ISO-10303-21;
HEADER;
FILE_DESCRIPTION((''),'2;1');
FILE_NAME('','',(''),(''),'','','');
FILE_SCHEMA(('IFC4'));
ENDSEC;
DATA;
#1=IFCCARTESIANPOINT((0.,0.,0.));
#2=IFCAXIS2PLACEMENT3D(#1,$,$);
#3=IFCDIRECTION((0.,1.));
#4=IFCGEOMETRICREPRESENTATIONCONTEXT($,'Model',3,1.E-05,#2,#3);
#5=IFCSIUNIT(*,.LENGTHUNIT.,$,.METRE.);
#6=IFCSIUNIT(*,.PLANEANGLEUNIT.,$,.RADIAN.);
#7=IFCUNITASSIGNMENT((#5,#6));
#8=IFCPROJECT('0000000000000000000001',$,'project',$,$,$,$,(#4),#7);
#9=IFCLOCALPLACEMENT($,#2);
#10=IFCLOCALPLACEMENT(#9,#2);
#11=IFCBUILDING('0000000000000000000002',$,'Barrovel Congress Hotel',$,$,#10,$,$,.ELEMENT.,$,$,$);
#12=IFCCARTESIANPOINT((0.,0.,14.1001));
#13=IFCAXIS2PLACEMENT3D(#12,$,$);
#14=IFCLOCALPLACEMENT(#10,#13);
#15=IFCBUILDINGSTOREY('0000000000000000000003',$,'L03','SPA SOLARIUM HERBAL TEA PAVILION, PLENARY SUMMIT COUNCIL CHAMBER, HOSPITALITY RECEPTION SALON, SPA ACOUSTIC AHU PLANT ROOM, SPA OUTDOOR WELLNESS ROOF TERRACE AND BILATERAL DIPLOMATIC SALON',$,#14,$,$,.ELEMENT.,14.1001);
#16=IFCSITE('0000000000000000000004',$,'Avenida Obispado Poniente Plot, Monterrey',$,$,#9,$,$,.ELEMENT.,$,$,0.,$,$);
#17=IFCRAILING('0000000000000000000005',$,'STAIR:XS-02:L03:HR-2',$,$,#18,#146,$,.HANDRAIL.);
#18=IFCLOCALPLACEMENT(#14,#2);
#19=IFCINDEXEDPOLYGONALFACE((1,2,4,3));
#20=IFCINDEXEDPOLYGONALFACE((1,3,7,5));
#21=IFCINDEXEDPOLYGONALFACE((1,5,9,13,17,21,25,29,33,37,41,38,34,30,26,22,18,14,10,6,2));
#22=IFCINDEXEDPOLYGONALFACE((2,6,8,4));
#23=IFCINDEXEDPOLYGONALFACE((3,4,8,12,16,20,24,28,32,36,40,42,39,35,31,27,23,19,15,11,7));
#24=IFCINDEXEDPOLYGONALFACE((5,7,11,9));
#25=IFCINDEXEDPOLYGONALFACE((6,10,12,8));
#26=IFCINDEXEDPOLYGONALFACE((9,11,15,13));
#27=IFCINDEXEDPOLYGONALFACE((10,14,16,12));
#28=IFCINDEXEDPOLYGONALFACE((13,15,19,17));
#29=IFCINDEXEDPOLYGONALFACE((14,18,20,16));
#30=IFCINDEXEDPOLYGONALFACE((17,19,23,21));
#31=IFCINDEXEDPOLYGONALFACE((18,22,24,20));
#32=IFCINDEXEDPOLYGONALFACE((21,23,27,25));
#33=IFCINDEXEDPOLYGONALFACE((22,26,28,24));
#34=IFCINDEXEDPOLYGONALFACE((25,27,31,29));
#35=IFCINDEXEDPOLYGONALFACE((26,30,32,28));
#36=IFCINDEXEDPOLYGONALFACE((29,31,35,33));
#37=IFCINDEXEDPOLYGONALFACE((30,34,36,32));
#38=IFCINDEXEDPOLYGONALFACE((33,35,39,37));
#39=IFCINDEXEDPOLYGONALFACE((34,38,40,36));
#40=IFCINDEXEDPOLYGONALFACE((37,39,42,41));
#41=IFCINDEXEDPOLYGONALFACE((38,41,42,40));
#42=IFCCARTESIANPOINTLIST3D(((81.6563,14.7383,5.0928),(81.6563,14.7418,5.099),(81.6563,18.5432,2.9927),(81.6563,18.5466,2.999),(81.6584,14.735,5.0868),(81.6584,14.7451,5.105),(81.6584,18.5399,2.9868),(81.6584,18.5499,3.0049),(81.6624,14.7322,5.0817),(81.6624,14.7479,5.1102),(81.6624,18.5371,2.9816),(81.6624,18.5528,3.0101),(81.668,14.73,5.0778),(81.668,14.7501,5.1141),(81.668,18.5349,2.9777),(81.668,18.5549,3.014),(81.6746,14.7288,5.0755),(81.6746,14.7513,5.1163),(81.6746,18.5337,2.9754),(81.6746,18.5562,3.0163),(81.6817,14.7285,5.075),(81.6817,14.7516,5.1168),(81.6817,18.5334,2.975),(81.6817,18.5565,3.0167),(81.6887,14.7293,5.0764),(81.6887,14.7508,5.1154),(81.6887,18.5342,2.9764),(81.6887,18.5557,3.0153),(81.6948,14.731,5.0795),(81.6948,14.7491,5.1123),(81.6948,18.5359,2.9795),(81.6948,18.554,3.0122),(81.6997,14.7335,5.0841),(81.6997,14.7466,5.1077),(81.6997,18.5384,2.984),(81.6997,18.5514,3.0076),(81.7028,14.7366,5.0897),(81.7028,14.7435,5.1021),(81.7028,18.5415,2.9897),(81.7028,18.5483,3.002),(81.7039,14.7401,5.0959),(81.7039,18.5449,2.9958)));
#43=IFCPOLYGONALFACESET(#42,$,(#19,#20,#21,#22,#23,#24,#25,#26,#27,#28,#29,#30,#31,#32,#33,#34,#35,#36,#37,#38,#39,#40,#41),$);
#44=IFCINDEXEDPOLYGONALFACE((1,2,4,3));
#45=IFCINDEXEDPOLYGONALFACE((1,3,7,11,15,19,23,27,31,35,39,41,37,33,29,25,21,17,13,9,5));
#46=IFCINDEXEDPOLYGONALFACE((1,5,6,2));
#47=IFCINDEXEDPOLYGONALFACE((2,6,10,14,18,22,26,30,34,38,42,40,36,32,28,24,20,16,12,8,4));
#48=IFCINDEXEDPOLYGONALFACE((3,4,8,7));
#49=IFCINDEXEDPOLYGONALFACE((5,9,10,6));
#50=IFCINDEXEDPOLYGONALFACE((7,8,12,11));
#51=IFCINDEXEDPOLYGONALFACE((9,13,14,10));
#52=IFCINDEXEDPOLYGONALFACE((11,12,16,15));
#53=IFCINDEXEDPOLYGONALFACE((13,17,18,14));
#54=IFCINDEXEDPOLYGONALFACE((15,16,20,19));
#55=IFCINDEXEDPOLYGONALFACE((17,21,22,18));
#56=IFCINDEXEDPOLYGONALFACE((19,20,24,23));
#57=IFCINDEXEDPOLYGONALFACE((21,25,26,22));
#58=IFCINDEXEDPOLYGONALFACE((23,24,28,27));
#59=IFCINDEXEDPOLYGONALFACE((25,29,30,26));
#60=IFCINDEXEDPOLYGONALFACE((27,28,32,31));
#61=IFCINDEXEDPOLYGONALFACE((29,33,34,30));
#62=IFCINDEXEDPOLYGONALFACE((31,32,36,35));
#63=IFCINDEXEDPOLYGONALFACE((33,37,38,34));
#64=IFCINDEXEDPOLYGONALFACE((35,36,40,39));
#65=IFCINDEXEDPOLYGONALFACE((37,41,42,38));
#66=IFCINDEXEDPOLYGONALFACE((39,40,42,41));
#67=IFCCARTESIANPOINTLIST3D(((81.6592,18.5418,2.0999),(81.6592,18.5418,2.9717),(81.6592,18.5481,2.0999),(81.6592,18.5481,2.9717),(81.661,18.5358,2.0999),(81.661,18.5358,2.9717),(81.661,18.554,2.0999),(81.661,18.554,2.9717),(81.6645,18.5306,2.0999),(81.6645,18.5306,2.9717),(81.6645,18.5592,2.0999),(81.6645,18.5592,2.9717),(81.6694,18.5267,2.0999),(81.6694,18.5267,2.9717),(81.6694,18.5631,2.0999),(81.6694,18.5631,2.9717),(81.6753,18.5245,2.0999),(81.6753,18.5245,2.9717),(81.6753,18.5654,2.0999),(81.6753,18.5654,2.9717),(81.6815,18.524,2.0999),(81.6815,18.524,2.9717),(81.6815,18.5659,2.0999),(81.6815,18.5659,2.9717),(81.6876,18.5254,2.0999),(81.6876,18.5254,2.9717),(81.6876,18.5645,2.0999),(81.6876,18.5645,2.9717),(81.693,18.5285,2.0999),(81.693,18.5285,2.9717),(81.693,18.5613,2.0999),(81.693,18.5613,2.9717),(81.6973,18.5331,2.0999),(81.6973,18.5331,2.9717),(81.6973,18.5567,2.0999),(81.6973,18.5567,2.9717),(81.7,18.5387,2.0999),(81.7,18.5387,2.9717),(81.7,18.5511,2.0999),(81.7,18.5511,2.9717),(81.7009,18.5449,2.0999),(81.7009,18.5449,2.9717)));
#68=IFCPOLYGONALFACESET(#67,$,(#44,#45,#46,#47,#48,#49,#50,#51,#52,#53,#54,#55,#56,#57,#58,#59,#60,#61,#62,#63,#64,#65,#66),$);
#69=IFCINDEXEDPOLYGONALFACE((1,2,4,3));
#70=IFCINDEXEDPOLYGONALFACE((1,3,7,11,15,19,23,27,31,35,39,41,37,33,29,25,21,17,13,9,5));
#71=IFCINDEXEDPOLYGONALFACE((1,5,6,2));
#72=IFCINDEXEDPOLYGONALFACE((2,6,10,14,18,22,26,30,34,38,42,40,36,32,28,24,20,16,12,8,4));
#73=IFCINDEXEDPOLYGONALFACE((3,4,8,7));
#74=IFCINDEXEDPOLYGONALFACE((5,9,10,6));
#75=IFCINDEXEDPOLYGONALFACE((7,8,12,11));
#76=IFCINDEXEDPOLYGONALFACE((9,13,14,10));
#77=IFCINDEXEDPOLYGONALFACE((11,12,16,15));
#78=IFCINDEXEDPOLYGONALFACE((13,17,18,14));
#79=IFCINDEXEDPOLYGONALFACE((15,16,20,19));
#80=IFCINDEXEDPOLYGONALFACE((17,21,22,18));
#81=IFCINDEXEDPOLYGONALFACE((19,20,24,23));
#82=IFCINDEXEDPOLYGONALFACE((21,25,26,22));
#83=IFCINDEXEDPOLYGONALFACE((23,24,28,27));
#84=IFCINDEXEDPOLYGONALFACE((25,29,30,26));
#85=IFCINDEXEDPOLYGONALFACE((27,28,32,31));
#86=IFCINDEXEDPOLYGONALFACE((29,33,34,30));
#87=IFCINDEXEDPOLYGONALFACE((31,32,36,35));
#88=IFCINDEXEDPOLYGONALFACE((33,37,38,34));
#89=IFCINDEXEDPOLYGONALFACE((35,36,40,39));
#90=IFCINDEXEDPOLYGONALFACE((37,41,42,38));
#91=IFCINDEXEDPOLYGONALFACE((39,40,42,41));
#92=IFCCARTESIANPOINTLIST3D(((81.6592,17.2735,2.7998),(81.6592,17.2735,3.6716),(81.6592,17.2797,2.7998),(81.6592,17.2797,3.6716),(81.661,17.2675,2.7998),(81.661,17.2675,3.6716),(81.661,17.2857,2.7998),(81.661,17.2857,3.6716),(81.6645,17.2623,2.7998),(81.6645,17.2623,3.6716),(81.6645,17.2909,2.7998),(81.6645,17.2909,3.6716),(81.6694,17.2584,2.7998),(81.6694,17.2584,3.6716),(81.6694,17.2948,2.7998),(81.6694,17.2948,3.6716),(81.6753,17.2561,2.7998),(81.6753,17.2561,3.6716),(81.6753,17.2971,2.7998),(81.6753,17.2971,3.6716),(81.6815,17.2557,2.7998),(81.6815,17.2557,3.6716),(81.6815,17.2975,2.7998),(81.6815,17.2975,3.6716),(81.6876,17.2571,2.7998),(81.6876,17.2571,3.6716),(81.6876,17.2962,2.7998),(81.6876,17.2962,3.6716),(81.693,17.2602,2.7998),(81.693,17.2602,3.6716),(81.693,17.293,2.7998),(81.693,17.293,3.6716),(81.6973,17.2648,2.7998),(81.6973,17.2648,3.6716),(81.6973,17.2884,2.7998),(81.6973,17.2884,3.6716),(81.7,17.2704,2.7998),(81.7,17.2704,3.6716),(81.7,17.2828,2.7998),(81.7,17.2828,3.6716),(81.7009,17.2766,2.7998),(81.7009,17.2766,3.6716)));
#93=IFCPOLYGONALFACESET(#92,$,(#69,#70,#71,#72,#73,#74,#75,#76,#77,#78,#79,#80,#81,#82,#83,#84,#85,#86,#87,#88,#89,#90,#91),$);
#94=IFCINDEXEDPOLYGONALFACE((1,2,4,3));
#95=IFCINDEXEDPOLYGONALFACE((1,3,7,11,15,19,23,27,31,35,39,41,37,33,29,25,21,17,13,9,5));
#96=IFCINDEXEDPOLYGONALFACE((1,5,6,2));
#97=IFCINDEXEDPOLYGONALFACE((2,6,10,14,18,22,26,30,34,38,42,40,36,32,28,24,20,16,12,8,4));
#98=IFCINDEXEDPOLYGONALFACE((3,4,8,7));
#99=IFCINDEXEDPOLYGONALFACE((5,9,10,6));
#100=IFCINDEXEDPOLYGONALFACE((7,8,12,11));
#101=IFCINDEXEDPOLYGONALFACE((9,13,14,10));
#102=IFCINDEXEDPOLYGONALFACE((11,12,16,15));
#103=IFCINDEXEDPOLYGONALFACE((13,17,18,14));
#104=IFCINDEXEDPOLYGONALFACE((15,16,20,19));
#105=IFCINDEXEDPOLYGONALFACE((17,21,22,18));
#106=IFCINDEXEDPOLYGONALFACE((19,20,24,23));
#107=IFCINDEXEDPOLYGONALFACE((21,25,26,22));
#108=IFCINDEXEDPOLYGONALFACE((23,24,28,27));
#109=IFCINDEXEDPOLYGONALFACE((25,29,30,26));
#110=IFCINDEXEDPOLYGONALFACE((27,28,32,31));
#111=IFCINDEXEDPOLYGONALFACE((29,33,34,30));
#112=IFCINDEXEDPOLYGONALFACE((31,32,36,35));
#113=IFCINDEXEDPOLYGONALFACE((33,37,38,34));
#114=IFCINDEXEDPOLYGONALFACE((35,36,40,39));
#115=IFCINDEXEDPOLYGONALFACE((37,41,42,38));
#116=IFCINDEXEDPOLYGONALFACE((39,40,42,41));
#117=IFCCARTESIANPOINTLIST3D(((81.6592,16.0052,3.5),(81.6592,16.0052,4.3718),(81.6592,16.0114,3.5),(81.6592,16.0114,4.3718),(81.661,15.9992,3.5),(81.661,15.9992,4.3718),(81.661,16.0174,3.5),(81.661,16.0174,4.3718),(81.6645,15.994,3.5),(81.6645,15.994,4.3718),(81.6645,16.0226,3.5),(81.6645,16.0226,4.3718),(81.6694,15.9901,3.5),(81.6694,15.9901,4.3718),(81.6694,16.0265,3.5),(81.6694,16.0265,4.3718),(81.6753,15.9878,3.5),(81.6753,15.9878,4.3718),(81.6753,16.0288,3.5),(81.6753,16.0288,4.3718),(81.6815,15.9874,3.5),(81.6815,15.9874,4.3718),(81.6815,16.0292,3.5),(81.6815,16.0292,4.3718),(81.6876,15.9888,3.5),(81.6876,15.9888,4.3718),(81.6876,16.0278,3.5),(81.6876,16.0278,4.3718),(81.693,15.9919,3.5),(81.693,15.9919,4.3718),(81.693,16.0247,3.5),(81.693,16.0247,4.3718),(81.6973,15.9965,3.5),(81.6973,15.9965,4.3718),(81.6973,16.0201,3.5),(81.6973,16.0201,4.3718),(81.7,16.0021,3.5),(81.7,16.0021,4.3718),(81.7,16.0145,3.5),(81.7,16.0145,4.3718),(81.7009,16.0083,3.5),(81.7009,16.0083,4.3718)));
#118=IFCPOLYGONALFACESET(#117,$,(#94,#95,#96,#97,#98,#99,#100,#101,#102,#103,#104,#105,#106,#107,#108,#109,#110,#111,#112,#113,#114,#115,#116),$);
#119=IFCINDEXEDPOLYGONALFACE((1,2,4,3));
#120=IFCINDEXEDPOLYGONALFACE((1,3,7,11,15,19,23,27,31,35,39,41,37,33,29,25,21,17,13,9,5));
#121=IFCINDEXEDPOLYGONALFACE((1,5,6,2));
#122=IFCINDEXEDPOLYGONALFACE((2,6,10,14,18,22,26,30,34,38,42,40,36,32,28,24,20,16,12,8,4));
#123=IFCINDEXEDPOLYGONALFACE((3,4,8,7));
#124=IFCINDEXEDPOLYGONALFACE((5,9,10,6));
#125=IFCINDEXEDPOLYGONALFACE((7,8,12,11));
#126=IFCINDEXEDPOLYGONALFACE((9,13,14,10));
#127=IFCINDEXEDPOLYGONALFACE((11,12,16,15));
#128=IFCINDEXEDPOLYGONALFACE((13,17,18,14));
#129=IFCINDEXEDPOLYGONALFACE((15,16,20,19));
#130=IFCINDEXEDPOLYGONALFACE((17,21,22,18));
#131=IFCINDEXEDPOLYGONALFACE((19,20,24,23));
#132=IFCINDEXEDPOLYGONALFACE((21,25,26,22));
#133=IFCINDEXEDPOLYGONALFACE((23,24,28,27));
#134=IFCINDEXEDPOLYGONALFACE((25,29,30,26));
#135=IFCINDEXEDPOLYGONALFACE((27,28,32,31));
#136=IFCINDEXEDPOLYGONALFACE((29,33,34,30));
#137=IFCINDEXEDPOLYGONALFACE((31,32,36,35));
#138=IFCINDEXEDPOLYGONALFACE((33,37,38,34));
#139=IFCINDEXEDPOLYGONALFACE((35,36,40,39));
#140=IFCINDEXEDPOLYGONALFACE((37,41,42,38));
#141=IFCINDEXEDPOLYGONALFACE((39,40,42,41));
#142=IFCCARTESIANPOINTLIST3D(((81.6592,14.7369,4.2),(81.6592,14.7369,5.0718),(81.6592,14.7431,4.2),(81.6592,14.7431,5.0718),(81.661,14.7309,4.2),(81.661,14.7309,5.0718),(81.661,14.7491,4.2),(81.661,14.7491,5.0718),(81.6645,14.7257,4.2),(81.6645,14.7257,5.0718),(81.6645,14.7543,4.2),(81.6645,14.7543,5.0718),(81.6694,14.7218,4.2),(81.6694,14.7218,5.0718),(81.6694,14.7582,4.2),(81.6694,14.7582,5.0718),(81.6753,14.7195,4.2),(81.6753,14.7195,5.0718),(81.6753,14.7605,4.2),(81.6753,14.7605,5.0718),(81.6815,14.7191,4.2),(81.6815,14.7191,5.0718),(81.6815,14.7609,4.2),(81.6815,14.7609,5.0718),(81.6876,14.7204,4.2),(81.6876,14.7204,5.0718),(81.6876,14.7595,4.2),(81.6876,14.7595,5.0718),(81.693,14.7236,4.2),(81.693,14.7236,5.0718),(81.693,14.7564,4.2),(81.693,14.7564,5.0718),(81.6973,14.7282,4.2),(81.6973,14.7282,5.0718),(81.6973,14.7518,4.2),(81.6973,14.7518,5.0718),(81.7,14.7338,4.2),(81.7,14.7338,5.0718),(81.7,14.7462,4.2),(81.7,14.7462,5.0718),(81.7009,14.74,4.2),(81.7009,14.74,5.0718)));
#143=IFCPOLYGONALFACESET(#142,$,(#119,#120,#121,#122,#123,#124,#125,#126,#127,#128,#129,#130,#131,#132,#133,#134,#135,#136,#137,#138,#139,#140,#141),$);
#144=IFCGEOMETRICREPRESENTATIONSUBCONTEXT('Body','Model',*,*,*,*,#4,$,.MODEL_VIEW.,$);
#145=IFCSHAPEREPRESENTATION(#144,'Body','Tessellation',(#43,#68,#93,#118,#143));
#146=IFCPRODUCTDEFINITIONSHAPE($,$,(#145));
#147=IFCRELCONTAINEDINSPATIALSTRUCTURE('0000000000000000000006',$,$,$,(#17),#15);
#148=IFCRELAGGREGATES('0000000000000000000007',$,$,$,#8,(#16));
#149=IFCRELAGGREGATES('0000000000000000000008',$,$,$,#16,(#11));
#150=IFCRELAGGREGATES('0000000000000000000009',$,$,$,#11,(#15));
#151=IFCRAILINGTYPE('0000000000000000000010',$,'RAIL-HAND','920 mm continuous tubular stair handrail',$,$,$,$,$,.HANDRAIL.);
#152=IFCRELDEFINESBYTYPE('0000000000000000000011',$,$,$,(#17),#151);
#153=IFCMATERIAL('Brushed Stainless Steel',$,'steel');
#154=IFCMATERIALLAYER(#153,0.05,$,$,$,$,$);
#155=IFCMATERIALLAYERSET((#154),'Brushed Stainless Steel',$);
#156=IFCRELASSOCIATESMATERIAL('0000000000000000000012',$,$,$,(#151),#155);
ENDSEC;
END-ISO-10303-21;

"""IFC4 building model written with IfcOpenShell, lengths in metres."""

from ifc_helpers import new_model, si_unit, direction, frame, origin, origin_2d, place, context, subcontext, project, spatial, circle, extrude, material, layer, layer_set, type_object, element, save


model = new_model("IFC4")

# Units and contexts
model_context = context("Model", 3, precision=1e-05, world=origin(), true_north=direction((0.0, 1.0)))
body_context = subcontext(model_context, "Body", "Model", "MODEL_VIEW")
ifc_project = project(units=[si_unit("LENGTHUNIT", "METRE"), si_unit("PLANEANGLEUNIT", "RADIAN")], contexts=[model_context])

# Site, building, storey
site_placement = place(None, origin())
site = spatial("IfcSite", under=ifc_project, at=site_placement, Name="Avenida Obispado Poniente Plot, Monterrey", CompositionType="ELEMENT", RefElevation=0.0)
building_placement = place(site_placement, origin())
building = spatial("IfcBuilding", under=site, at=building_placement, Name="Barrovel Congress Hotel", CompositionType="ELEMENT")
storey_placement = place(building_placement, frame((0.0, 0.0, 14.1001)))
storey = spatial("IfcBuildingStorey", under=building, at=storey_placement, Name="L03", Description="SPA SOLARIUM HERBAL TEA PAVILION, PLENARY SUMMIT COUNCIL CHAMBER, HOSPITALITY RECEPTION SALON, SPA ACOUSTIC AHU PLANT ROOM, SPA OUTDOOR WELLNESS ROOF TERRACE AND BILATERAL DIPLOMATIC SALON", CompositionType="ELEMENT", Elevation=14.1001)

# Shared definitions
ifc_material_1 = material(Name="Brushed Stainless Steel", Category="steel")

# Railing
ifc_layer_1 = layer(ifc_material_1, 0.05)
ifc_layer_set_1 = layer_set([ifc_layer_1], Name="Brushed Stainless Steel")
railing_type_1 = type_object("IfcRailingType", Name="RAIL-HAND", Description="920 mm continuous tubular stair handrail", PredefinedType="HANDRAIL", material=ifc_layer_set_1)
railing_1_placement = place(storey_placement, frame((81.6799, 18.5449, 2.0999)))
element("IfcRailing", 1, at=railing_1_placement, inside=storey, type_object=railing_type_1, Name="STAIR:XS-02:L03:HR-2", PredefinedType="HANDRAIL", context=body_context, shape_type="SweptSolid", body=[
    extrude(circle(Radius=0.0239, at=origin_2d()), frame((0.0, 0.0, 0.896), z_axis=(0.0, -0.875497, 0.483223), x_axis=(1.0, 0.0, 0.0)), (0.0, 0.0, 1.0), 4.3459),
    extrude(circle(Radius=0.021, at=origin_2d()), origin(), (0.0, 0.0, 1.0), 0.8718),
    extrude(circle(Radius=0.021, at=origin_2d()), frame((0.0, -1.2683, 0.7)), (0.0, 0.0, 1.0), 0.8718),
    extrude(circle(Radius=0.021, at=origin_2d()), frame((0.0, -2.5366, 1.4001)), (0.0, 0.0, 1.0), 0.8718),
    extrude(circle(Radius=0.021, at=origin_2d()), frame((0.0, -3.8049, 2.1001)), (0.0, 0.0, 1.0), 0.8718),
])

save(model, "model.ifc")
